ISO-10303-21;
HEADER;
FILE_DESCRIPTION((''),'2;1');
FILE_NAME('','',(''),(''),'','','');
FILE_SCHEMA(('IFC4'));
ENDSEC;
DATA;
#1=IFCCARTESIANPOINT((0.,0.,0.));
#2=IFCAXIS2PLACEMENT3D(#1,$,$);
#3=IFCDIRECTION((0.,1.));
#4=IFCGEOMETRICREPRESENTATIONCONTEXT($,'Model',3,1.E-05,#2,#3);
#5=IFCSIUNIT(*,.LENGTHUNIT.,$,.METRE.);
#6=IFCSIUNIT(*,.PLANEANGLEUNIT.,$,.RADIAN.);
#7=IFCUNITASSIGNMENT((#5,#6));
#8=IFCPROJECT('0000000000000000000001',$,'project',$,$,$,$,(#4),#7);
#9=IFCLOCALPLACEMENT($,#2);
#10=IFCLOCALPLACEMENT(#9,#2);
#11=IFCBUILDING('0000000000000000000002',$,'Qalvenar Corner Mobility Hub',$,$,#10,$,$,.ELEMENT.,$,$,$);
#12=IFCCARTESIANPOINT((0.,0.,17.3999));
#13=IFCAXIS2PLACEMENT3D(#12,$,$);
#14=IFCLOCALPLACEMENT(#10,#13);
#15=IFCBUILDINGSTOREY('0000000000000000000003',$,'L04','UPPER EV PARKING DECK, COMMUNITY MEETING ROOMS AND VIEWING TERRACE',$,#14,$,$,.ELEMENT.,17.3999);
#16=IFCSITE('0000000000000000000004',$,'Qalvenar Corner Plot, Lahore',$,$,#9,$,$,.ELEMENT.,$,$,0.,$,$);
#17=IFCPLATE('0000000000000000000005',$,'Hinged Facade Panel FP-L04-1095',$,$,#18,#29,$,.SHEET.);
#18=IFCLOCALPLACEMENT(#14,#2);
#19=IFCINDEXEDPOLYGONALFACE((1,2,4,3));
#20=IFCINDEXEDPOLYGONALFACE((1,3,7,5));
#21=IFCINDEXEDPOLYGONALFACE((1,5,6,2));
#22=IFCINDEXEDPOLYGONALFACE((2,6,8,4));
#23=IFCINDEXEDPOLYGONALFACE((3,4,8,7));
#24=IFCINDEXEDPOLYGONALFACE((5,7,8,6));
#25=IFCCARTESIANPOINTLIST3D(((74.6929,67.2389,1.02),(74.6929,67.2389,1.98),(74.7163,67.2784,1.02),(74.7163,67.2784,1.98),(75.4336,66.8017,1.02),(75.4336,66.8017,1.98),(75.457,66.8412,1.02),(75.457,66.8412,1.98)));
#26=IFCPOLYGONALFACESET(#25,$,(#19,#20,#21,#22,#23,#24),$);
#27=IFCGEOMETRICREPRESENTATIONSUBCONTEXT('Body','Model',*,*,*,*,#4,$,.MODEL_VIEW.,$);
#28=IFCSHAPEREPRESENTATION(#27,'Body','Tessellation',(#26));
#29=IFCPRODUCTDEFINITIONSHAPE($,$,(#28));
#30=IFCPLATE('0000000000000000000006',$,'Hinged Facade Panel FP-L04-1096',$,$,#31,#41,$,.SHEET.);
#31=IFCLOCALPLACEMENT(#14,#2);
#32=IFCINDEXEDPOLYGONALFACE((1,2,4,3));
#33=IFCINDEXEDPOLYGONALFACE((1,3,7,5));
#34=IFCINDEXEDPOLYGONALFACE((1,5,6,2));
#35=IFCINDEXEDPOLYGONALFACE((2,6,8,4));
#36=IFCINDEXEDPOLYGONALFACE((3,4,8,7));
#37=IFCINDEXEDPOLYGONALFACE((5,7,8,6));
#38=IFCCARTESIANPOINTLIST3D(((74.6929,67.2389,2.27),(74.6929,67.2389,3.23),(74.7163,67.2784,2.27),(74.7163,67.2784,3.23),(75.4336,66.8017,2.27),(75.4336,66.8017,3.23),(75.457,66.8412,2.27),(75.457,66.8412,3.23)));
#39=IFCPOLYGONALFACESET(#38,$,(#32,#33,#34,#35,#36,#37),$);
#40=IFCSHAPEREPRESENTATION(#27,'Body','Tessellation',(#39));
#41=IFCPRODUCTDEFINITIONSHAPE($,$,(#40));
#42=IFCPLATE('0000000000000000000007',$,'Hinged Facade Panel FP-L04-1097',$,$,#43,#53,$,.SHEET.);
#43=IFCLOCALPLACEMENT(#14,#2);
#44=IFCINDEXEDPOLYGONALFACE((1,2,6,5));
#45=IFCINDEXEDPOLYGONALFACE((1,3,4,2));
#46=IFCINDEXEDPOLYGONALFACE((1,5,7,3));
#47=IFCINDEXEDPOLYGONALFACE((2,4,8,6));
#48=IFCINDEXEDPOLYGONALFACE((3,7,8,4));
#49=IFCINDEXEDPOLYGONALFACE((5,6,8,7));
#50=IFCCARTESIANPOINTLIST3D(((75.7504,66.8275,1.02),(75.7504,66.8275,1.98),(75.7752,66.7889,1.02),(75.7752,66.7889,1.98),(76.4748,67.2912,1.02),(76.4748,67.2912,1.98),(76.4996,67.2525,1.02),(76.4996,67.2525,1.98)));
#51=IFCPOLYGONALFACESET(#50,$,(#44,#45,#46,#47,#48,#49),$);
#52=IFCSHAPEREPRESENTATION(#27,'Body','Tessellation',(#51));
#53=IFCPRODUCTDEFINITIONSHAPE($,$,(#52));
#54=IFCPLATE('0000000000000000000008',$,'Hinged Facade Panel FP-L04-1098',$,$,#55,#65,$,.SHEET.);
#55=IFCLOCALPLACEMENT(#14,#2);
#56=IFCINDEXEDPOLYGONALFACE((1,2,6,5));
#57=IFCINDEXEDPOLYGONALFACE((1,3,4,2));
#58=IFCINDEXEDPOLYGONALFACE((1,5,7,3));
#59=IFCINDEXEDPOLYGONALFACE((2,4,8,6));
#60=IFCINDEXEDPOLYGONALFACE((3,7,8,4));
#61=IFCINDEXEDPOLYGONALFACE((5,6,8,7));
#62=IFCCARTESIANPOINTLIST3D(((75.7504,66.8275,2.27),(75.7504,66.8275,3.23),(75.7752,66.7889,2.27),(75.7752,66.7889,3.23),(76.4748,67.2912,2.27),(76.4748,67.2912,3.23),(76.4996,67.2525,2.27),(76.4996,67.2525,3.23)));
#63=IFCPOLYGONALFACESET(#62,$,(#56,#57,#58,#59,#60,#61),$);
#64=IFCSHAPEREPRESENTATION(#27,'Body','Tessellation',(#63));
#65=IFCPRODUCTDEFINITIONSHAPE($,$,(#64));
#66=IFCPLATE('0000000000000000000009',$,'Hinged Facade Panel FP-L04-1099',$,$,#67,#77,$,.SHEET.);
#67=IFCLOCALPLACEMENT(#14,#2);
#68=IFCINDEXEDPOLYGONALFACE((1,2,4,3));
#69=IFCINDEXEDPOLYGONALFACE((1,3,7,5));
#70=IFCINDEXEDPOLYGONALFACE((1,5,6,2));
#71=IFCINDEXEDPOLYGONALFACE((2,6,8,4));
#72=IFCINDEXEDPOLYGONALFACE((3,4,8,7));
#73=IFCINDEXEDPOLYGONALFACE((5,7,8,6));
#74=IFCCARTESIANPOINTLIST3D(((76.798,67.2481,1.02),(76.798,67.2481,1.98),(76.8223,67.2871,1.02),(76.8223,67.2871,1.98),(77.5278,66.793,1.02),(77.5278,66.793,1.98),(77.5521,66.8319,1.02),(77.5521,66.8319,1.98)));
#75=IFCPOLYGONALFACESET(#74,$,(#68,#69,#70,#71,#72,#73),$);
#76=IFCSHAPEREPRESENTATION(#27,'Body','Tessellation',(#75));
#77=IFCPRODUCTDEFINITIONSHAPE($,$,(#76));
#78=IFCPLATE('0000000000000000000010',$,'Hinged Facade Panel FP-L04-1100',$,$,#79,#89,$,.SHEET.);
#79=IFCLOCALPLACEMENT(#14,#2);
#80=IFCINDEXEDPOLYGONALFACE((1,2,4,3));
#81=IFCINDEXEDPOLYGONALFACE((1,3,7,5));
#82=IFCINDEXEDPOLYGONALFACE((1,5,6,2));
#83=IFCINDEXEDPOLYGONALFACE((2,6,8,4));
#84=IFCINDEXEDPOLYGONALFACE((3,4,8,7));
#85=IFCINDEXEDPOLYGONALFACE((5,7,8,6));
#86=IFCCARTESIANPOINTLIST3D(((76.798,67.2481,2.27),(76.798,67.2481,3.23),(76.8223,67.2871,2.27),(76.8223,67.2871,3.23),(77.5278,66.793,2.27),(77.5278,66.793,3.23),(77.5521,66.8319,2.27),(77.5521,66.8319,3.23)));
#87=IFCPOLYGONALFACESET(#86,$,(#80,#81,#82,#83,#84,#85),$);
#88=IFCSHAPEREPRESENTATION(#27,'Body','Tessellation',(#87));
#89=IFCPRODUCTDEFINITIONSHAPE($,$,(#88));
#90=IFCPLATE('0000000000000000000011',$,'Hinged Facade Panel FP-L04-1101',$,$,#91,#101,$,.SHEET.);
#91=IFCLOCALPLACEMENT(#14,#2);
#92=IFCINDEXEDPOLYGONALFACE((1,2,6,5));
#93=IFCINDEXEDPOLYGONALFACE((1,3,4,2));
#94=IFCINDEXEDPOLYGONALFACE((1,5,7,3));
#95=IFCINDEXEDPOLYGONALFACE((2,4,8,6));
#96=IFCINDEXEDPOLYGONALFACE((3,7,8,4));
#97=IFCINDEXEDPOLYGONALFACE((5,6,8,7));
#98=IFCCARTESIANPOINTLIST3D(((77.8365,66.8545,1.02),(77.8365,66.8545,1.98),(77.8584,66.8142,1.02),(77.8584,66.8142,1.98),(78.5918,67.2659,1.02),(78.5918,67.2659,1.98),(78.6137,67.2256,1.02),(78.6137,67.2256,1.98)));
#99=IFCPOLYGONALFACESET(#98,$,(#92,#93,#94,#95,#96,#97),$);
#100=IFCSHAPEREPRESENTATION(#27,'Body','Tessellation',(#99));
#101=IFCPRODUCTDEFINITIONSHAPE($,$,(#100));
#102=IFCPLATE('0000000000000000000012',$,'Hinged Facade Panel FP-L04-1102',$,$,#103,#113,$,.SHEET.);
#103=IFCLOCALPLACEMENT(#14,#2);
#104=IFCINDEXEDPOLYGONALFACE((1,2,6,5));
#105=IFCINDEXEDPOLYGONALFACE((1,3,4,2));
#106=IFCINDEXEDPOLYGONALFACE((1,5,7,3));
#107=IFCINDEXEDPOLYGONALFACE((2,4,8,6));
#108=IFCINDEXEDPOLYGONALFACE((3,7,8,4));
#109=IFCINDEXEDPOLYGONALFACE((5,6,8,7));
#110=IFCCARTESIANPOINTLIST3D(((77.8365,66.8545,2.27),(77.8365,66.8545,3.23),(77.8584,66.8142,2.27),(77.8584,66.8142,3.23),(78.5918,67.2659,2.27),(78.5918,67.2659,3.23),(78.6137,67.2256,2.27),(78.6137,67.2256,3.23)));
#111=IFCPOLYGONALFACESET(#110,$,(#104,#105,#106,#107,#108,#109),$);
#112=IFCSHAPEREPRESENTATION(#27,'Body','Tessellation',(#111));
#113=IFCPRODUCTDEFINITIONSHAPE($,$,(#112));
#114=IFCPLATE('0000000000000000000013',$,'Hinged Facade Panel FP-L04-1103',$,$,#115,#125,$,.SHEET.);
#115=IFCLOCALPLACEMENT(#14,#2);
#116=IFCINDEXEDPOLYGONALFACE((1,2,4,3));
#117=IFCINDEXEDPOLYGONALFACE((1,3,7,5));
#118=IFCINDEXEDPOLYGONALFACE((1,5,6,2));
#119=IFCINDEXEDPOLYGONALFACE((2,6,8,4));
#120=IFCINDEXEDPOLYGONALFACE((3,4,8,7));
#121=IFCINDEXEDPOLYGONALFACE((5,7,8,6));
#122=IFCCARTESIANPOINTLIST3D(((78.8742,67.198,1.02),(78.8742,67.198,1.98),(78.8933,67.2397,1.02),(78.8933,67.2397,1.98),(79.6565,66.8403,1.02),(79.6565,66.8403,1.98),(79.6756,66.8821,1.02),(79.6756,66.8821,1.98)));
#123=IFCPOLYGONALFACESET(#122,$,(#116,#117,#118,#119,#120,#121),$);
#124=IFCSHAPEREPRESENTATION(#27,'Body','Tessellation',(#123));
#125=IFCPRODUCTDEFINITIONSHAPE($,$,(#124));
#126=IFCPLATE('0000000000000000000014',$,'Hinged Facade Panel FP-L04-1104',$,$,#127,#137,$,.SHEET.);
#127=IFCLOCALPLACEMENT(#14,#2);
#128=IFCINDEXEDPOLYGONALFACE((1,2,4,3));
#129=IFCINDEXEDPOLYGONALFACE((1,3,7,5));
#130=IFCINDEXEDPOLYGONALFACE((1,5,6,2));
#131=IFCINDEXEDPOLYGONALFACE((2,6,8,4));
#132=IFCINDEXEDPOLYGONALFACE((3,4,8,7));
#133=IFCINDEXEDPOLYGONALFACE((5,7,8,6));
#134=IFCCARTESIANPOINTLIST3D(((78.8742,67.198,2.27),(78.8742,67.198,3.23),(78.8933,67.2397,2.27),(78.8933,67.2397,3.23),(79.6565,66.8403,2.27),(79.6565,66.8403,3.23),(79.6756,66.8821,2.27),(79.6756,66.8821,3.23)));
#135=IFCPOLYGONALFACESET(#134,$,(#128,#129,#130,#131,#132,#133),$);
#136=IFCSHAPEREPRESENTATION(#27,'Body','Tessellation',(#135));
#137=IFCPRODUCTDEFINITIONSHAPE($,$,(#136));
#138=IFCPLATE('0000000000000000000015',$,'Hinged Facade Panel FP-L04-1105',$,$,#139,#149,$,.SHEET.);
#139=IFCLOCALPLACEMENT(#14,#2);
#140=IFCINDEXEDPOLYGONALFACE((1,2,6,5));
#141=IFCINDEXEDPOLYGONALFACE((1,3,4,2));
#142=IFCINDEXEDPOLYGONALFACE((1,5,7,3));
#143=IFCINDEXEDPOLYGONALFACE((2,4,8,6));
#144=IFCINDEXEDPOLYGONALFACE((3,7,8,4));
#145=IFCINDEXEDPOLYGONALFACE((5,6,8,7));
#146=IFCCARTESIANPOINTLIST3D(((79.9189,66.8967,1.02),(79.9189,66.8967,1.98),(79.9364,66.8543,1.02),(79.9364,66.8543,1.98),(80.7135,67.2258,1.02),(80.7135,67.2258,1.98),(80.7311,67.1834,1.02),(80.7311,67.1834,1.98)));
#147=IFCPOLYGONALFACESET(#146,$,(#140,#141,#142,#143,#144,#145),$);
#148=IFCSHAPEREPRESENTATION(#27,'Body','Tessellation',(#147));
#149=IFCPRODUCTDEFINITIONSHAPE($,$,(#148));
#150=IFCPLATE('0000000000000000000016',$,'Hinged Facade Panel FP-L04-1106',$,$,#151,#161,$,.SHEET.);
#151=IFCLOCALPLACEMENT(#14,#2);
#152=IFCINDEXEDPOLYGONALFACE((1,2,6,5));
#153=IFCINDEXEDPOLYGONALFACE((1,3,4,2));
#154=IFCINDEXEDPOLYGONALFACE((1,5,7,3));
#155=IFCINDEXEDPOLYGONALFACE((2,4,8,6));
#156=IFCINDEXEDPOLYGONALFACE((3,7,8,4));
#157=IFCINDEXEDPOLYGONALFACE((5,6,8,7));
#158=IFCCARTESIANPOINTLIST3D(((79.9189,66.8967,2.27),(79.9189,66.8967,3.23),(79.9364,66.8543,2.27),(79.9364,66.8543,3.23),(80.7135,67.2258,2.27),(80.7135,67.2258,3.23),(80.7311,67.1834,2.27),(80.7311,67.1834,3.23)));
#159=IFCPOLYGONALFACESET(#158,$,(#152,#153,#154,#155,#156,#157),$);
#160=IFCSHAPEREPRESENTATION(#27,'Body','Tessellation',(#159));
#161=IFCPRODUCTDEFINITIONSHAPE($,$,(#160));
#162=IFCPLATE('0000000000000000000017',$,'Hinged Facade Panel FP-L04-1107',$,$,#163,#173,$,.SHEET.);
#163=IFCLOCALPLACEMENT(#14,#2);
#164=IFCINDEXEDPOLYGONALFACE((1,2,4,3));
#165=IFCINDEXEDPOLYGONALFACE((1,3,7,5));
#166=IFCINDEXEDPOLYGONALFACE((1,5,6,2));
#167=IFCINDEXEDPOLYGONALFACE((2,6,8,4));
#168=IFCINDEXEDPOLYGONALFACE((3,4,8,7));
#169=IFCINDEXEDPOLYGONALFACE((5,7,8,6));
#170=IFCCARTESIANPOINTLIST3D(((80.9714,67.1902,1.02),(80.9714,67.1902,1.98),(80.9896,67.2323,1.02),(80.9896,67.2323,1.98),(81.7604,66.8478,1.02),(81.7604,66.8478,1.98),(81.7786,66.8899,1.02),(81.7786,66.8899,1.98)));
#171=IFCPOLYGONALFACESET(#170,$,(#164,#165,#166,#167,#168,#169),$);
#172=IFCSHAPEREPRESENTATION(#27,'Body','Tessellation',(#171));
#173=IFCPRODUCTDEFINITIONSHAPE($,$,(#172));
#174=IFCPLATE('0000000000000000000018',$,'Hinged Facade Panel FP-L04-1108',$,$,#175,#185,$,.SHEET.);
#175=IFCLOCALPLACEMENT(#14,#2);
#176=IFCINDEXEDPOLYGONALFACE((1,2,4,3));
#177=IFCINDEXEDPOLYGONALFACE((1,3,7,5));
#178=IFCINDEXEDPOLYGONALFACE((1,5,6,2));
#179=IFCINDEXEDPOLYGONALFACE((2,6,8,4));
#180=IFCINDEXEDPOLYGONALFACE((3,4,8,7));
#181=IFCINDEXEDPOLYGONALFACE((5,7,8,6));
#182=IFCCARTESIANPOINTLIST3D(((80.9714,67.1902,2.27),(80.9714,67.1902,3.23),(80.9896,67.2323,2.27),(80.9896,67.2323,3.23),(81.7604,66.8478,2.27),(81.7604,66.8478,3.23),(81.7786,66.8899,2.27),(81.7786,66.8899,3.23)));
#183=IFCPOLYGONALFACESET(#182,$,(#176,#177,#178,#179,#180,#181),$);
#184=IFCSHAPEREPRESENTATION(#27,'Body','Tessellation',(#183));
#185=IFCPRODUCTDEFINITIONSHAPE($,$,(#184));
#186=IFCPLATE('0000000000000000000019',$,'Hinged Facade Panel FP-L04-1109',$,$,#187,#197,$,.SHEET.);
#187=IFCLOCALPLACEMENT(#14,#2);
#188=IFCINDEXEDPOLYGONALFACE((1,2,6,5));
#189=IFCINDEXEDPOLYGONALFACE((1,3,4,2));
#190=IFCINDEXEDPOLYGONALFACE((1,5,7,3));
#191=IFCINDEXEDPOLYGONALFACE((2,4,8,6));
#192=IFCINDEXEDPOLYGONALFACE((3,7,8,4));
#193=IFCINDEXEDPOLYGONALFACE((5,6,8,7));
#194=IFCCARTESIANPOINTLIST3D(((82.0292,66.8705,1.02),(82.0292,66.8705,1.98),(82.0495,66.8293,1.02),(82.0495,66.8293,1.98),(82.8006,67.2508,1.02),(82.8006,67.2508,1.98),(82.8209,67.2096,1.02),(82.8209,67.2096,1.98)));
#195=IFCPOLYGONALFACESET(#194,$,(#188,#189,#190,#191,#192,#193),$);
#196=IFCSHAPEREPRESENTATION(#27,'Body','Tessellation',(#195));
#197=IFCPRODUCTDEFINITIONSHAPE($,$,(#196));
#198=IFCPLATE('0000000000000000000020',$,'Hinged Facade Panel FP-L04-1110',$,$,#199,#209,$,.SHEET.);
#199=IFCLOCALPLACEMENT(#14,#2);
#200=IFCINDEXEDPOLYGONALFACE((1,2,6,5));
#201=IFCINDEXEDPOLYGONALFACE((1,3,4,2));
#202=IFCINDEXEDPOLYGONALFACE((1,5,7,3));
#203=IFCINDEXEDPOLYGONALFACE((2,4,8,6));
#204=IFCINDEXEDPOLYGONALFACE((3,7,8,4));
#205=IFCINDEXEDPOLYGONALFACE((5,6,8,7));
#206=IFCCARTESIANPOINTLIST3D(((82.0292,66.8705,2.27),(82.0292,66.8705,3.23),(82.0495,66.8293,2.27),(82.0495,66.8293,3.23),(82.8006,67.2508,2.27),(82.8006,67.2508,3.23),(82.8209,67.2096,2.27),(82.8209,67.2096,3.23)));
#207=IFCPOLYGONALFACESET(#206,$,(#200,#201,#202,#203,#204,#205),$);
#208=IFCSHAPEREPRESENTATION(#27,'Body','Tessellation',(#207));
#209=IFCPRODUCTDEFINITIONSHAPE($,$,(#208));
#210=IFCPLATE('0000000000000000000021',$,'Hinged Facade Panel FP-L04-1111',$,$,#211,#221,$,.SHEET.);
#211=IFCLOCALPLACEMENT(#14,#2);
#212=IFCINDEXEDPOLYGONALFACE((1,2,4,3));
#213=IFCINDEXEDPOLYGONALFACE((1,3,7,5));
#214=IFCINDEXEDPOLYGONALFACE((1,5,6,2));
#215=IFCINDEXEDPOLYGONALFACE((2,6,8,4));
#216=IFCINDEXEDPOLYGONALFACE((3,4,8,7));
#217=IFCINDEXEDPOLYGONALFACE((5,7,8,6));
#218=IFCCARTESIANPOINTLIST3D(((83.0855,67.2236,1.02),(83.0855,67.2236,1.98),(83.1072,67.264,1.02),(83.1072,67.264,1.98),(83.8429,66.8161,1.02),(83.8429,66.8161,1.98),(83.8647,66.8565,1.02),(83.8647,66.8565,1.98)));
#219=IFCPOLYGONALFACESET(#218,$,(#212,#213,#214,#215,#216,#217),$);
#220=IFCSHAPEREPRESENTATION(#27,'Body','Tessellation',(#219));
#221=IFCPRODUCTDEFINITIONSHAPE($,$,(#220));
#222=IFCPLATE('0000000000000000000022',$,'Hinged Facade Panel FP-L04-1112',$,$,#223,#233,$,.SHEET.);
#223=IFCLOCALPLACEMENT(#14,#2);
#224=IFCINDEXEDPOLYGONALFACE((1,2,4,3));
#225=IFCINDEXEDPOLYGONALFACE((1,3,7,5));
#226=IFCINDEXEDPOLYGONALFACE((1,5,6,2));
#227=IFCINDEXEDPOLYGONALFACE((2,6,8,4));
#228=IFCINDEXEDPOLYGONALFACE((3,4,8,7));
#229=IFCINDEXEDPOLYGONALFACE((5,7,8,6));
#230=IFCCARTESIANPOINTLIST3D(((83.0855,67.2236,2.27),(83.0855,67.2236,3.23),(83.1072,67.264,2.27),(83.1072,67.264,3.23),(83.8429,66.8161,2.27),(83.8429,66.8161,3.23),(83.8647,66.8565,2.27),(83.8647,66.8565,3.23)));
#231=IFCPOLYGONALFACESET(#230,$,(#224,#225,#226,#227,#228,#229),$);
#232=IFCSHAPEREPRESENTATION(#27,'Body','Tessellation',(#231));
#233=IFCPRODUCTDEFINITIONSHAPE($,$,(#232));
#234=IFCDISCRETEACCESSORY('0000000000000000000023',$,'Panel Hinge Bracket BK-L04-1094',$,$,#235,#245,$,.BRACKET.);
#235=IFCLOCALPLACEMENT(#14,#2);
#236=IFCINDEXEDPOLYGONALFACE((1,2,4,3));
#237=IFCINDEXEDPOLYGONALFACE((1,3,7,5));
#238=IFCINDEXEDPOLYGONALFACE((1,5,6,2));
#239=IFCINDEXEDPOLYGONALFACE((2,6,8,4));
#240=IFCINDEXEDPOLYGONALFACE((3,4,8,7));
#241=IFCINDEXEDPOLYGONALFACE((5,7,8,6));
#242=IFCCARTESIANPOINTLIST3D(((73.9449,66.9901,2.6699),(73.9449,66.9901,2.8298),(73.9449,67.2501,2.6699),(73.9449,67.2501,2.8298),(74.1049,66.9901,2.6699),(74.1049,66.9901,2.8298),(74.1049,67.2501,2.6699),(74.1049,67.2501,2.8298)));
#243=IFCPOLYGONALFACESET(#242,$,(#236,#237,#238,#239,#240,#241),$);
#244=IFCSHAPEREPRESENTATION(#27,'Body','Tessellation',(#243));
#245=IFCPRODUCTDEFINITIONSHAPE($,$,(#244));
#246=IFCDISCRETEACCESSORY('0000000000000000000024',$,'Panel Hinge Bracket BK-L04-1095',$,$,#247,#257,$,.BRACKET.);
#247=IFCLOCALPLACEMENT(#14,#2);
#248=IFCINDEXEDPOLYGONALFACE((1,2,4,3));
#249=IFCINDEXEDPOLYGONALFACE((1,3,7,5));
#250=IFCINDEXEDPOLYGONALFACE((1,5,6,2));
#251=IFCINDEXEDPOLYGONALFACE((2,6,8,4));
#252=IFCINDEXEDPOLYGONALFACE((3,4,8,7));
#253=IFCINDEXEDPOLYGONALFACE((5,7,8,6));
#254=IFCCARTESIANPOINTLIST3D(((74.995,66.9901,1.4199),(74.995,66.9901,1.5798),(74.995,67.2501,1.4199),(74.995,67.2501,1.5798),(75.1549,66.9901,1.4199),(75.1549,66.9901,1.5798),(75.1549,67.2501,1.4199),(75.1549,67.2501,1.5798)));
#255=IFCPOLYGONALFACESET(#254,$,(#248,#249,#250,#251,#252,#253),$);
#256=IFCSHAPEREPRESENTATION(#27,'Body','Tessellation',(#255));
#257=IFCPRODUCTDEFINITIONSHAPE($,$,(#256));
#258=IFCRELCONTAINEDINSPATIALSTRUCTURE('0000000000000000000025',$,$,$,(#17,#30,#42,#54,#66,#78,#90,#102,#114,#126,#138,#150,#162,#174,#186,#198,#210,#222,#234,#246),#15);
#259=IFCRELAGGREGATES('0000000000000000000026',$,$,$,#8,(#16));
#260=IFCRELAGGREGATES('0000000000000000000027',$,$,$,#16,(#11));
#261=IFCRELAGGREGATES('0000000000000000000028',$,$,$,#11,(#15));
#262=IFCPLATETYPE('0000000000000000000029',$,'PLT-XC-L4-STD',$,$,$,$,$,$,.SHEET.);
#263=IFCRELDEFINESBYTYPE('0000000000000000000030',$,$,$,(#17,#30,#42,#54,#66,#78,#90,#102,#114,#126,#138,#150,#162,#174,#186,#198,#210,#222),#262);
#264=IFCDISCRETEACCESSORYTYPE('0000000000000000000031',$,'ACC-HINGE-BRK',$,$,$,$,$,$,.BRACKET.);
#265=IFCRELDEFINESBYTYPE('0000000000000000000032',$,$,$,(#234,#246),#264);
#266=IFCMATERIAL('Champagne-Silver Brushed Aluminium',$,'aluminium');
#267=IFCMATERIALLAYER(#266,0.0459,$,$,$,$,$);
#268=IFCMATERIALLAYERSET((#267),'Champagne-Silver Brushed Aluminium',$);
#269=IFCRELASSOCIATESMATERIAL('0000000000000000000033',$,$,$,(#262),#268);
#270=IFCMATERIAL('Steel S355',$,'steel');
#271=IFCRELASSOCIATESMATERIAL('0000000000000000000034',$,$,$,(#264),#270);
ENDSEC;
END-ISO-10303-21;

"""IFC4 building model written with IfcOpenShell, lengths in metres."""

from ifc_helpers import new_model, si_unit, direction, frame, origin, origin_2d, place, context, subcontext, project, spatial, rectangle, extrude, material, layer, layer_set, type_object, element, save


model = new_model("IFC4")

# Units and contexts
model_context = context("Model", 3, precision=1e-05, world=origin(), true_north=direction((0.0, 1.0)))
body_context = subcontext(model_context, "Body", "Model", "MODEL_VIEW")
ifc_project = project(units=[si_unit("LENGTHUNIT", "METRE"), si_unit("PLANEANGLEUNIT", "RADIAN")], contexts=[model_context])

# Site, building, storey
site_placement = place(None, origin())
site = spatial("IfcSite", under=ifc_project, at=site_placement, Name="Qalvenar Corner Plot, Lahore", CompositionType="ELEMENT", RefElevation=0.0)
building_placement = place(site_placement, origin())
building = spatial("IfcBuilding", under=site, at=building_placement, Name="Qalvenar Corner Mobility Hub", CompositionType="ELEMENT")
storey_placement = place(building_placement, frame((0.0, 0.0, 17.3999)))
storey = spatial("IfcBuildingStorey", under=building, at=storey_placement, Name="L04", Description="UPPER EV PARKING DECK, COMMUNITY MEETING ROOMS AND VIEWING TERRACE", CompositionType="ELEMENT", Elevation=17.3999)

# Plates
ifc_material_1 = material(Name="Champagne-Silver Brushed Aluminium", Category="aluminium")
ifc_layer = layer(ifc_material_1, 0.0459)
ifc_layer_set = layer_set([ifc_layer], Name="Champagne-Silver Brushed Aluminium")
plate_type = type_object("IfcPlateType", Name="PLT-XC-L4-STD", PredefinedType="SHEET", material=ifc_layer_set)
for number, where, z_axis, x_axis, name in (
    (1, (75.075, 67.04, 1.02), (0.0, 0.0, 1.0), (0.861186, -0.50829, 0.0), "Hinged Facade Panel FP-L04-1095"),
    (2, (75.075, 67.04, 2.27), (0.0, 0.0, 1.0), (0.861186, -0.50829, 0.0), "Hinged Facade Panel FP-L04-1096"),
    (3, (76.125, 67.04, 1.02), (0.0, 0.0, 1.0), (0.842264, 0.539065, 0.0), "Hinged Facade Panel FP-L04-1097"),
    (4, (76.125, 67.04, 2.27), (0.0, 0.0, 1.0), (0.842264, 0.539065, 0.0), "Hinged Facade Panel FP-L04-1098"),
    (5, (77.175, 67.04, 1.02), (0.0, 0.0, 1.0), (0.84851, -0.529179, 0.0), "Hinged Facade Panel FP-L04-1099"),
    (6, (77.175, 67.04, 2.27), (0.0, 0.0, 1.0), (0.84851, -0.529179, 0.0), "Hinged Facade Panel FP-L04-1100"),
    (7, (78.2251, 67.04, 1.02), (0.0, 0.0, 1.0), (0.87815, 0.478385, 0.0), "Hinged Facade Panel FP-L04-1101"),
    (8, (78.2251, 67.04, 2.27), (0.0, 0.0, 1.0), (0.87815, 0.478385, 0.0), "Hinged Facade Panel FP-L04-1102"),
    (9, (79.2749, 67.04, 1.02), (0.0, 0.0, 1.0), (0.909454, -0.415805, 0.0), "Hinged Facade Panel FP-L04-1103"),
    (10, (79.2749, 67.04, 2.27), (0.0, 0.0, 1.0), (0.909454, -0.415805, 0.0), "Hinged Facade Panel FP-L04-1104"),
    (11, (80.325, 67.04, 1.02), (0.0, 0.0, 1.0), (0.92388, 0.382683, 0.0), "Hinged Facade Panel FP-L04-1105"),
    (12, (80.325, 67.04, 2.27), (0.0, 0.0, 1.0), (0.92388, 0.382683, 0.0), "Hinged Facade Panel FP-L04-1106"),
    (13, (81.375, 67.04, 1.02), (0.0, 0.0, 1.0), (0.917338, -0.398109, 0.0), "Hinged Facade Panel FP-L04-1107"),
    (14, (81.375, 67.04, 2.27), (0.0, 0.0, 1.0), (0.917338, -0.398109, 0.0), "Hinged Facade Panel FP-L04-1108"),
    (15, (82.425, 67.04, 1.02), (0.0, 0.0, 1.0), (0.89695, 0.442132, 0.0), "Hinged Facade Panel FP-L04-1109"),
    (16, (82.425, 67.04, 2.27), (0.0, 0.0, 1.0), (0.89695, 0.442132, 0.0), "Hinged Facade Panel FP-L04-1110"),
    (17, (83.4751, 67.04, 1.02), (0.0, 0.0, 1.0), (0.880643, -0.473781, 0.0), "Hinged Facade Panel FP-L04-1111"),
    (18, (83.4751, 67.04, 2.27), (0.0, 0.0, 1.0), (0.880643, -0.473781, 0.0), "Hinged Facade Panel FP-L04-1112"),
):
    element("IfcPlate", number, at=place(storey_placement, frame(where, z_axis=z_axis, x_axis=x_axis)), inside=storey, type_object=plate_type, Name=name, PredefinedType="SHEET", context=body_context, shape_type="SweptSolid", body=[
        extrude(rectangle(XDim=0.8601, YDim=0.0459, at=origin_2d()), origin(), (0.0, 0.0, 1.0), 0.96),
    ])

# Discrete accessories
ifc_material_2 = material(Name="Steel S355", Category="steel")
discrete_accessory_type = type_object("IfcDiscreteAccessoryType", Name="ACC-HINGE-BRK", PredefinedType="BRACKET", material=ifc_material_2)
for number, where, z_axis, x_axis, name in (
    (19, (74.0249, 67.1201, 2.6699), (0.0, 0.0, 1.0), (1.0, 0.0, 0.0), "Panel Hinge Bracket BK-L04-1094"),
    (20, (75.075, 67.1201, 1.4199), (0.0, 0.0, 1.0), (1.0, 0.0, 0.0), "Panel Hinge Bracket BK-L04-1095"),
):
    element("IfcDiscreteAccessory", number, at=place(storey_placement, frame(where, z_axis=z_axis, x_axis=x_axis)), inside=storey, type_object=discrete_accessory_type, Name=name, PredefinedType="BRACKET", context=body_context, shape_type="SweptSolid", body=[
        extrude(rectangle(XDim=0.1599, YDim=0.26, at=origin_2d()), origin(), (0.0, 0.0, 1.0), 0.1599),
    ])

save(model, "model.ifc")
